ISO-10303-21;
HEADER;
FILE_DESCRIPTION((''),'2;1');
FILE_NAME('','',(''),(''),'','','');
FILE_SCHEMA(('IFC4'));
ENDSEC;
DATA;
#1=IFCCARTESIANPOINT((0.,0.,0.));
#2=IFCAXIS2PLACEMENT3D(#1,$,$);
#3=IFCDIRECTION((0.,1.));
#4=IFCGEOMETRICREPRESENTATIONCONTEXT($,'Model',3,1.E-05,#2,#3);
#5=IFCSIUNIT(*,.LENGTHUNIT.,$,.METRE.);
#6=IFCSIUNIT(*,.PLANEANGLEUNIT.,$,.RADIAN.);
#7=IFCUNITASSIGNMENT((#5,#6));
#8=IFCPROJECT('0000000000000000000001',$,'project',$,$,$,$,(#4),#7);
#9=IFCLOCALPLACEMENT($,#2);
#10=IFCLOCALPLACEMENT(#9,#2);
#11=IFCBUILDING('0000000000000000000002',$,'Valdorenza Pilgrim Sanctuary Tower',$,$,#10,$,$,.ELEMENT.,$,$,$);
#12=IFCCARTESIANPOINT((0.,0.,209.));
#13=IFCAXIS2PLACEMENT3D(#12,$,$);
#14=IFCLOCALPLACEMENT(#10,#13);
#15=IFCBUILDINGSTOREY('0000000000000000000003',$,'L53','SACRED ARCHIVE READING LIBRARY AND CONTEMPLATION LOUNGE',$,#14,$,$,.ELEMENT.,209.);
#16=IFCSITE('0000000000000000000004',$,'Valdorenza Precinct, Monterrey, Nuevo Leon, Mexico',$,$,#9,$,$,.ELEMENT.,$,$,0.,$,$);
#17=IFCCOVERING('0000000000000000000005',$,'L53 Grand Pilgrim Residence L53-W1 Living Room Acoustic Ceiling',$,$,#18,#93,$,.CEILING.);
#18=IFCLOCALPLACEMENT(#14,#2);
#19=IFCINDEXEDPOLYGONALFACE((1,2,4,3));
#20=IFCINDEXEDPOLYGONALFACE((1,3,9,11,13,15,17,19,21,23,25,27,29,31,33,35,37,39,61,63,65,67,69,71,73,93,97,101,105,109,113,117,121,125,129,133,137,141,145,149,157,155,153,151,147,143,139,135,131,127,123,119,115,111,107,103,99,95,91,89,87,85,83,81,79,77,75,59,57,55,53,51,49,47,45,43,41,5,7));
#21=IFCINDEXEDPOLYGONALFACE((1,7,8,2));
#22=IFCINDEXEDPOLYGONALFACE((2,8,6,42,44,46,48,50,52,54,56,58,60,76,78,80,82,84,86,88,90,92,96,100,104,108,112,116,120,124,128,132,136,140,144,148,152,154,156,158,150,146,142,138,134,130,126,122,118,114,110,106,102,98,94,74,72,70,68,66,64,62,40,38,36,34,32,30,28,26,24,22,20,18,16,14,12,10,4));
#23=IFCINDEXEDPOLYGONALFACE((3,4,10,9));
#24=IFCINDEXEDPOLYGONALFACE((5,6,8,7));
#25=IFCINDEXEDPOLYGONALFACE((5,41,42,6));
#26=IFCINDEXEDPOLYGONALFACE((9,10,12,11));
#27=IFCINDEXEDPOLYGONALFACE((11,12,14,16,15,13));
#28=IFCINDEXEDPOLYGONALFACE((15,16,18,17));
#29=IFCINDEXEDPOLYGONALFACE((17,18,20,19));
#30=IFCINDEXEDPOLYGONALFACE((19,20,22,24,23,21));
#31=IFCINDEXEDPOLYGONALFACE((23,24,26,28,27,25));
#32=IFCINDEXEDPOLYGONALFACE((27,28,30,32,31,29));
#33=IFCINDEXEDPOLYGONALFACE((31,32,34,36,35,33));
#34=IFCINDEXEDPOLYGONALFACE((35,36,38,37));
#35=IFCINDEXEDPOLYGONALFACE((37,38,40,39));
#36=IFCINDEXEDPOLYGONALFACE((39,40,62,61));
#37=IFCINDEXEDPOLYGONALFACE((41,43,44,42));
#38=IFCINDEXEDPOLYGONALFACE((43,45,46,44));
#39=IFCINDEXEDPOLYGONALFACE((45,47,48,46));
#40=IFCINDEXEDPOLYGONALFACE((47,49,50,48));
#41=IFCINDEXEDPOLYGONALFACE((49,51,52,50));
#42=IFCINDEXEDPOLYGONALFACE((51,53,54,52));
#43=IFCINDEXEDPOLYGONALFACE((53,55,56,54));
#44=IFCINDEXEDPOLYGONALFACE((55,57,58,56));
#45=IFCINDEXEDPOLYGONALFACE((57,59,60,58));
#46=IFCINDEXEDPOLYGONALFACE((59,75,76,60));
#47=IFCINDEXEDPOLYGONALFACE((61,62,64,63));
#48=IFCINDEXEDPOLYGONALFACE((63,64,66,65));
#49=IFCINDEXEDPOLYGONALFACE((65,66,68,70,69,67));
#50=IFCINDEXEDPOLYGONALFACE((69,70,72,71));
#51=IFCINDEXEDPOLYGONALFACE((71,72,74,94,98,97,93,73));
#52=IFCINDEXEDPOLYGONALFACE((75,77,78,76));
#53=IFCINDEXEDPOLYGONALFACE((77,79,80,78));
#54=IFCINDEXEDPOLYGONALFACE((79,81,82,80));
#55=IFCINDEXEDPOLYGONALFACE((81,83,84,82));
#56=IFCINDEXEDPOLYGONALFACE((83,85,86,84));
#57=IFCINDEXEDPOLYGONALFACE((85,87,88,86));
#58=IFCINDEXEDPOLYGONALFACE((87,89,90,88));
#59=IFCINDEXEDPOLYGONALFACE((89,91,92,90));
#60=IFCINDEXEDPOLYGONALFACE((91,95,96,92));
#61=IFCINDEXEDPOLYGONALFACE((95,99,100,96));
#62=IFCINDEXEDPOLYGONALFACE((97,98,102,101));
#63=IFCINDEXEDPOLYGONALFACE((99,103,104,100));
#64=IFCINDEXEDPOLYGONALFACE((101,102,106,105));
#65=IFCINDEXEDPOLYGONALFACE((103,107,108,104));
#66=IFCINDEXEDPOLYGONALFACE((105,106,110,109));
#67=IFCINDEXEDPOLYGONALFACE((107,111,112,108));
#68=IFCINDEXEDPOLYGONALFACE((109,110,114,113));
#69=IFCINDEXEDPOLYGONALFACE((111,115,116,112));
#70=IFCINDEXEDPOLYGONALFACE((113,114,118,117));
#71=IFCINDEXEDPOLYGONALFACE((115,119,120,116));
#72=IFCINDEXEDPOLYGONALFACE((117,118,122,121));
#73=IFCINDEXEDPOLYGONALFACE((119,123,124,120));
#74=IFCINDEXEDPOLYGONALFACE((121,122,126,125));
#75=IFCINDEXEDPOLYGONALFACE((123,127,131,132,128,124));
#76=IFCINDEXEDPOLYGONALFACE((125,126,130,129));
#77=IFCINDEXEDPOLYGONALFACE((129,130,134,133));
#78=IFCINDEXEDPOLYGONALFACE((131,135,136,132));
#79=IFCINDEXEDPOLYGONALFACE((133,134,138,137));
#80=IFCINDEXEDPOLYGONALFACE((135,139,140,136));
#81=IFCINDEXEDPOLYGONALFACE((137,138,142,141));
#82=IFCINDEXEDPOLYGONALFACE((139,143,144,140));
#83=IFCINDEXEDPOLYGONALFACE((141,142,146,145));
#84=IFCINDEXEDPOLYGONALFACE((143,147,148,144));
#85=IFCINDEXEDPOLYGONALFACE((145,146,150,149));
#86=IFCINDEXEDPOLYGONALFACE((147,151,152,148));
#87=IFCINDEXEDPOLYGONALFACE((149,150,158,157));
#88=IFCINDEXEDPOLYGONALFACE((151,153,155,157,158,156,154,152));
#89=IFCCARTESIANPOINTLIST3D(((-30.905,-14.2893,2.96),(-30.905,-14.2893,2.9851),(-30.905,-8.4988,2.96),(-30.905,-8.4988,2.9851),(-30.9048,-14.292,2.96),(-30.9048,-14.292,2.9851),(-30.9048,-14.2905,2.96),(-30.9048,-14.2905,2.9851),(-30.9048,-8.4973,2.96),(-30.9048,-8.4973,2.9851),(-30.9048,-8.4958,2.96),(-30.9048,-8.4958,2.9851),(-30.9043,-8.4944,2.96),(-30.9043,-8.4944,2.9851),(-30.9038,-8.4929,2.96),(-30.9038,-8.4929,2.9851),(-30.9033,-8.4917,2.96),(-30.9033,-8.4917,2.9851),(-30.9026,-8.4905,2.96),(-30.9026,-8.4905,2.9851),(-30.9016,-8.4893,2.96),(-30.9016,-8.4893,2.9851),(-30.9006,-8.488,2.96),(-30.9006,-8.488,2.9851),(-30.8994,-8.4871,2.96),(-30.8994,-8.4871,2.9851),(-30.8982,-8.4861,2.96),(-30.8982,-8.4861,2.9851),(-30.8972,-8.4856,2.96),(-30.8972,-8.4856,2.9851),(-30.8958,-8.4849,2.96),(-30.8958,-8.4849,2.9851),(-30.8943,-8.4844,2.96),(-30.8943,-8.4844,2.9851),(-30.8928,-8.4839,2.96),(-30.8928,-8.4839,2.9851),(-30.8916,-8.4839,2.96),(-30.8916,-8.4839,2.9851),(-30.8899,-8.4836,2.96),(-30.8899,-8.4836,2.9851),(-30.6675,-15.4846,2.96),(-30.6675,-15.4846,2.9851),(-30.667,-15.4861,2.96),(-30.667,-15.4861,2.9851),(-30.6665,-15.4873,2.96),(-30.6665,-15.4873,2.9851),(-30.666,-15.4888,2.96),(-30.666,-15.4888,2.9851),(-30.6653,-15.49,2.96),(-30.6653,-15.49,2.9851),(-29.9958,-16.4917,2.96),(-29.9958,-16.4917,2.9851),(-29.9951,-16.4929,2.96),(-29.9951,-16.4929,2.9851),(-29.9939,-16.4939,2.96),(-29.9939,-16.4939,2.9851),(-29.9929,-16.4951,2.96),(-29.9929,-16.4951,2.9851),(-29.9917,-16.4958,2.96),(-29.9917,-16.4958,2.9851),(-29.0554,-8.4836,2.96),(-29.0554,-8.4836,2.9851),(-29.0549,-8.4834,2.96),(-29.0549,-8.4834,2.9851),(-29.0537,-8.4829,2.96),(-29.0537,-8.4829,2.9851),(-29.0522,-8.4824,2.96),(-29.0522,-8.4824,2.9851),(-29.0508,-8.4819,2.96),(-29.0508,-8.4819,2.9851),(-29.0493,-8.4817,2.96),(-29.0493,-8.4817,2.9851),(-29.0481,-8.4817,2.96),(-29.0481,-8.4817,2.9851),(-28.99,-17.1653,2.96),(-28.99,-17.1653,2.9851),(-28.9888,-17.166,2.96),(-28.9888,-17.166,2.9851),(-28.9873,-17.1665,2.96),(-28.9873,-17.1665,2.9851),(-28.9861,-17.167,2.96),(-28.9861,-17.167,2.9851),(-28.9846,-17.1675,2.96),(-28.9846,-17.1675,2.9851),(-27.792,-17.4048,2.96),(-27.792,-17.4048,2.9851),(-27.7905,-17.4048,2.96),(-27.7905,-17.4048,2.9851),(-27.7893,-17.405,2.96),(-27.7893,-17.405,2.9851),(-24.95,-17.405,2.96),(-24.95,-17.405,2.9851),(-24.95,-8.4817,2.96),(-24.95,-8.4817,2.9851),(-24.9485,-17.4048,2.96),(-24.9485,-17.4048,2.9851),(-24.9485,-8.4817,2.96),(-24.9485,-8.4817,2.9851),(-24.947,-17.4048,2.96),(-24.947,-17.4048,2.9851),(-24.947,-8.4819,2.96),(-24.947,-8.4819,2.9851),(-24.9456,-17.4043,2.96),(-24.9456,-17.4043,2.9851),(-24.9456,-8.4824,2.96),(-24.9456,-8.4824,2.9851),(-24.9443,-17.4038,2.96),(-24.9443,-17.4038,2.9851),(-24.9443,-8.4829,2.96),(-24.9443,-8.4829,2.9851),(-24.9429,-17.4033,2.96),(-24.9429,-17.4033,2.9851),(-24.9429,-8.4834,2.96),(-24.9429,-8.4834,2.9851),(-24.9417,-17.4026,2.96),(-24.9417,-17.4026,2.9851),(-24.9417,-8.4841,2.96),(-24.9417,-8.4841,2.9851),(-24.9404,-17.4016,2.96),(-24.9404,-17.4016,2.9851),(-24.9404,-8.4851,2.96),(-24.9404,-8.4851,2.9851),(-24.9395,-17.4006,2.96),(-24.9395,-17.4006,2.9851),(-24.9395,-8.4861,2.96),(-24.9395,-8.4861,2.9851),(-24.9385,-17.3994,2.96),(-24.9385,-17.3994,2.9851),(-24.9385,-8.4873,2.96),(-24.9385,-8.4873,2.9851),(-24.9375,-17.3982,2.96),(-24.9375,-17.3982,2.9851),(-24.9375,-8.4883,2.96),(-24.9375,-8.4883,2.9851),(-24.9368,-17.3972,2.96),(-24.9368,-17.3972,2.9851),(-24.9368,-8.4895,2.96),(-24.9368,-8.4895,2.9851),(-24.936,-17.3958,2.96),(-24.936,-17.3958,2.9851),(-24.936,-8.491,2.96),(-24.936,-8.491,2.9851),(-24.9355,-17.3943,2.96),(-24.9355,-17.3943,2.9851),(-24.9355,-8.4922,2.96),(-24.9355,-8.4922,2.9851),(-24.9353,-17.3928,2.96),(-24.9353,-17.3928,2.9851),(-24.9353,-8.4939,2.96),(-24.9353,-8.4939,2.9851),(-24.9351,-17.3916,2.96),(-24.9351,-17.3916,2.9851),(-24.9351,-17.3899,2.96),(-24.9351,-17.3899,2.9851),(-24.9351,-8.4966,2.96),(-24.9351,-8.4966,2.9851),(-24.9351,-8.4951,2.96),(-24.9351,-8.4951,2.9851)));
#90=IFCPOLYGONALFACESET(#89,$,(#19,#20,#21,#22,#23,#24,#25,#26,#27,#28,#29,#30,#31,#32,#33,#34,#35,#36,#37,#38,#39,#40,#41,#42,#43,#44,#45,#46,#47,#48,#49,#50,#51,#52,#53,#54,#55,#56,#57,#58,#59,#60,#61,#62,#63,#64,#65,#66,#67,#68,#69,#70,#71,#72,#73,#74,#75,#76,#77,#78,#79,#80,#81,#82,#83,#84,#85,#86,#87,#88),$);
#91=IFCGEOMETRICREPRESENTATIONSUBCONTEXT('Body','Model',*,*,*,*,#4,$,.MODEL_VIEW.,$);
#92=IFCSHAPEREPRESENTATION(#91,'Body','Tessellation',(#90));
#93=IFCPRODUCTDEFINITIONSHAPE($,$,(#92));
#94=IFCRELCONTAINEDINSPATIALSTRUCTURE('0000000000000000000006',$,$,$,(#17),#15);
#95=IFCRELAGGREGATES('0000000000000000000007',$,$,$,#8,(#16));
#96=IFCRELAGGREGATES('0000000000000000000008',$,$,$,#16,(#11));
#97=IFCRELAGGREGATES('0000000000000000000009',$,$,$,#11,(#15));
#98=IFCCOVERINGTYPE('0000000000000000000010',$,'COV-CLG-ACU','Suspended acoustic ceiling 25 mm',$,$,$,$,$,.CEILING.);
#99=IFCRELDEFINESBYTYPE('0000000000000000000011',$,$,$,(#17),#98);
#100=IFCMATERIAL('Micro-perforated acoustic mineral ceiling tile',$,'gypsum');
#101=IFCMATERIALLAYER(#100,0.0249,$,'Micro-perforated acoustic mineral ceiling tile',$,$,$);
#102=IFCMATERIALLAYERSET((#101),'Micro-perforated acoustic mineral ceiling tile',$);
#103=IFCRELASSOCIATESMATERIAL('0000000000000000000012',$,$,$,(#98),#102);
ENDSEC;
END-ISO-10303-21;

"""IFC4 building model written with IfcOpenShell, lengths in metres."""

from ifc_helpers import new_model, si_unit, direction, frame, origin, place, context, subcontext, project, spatial, polyline, outline, extrude, material, layer, layer_set, type_object, element, save


model = new_model("IFC4")

# Units and contexts
model_context = context("Model", 3, precision=1e-05, world=origin(), true_north=direction((0.0, 1.0)))
body_context = subcontext(model_context, "Body", "Model", "MODEL_VIEW")
ifc_project = project(units=[si_unit("LENGTHUNIT", "METRE"), si_unit("PLANEANGLEUNIT", "RADIAN")], contexts=[model_context])

# Site, building, storey
site_placement = place(None, origin())
site = spatial("IfcSite", under=ifc_project, at=site_placement, Name="Valdorenza Precinct, Monterrey, Nuevo Leon, Mexico", CompositionType="ELEMENT", RefElevation=0.0)
building_placement = place(site_placement, origin())
building = spatial("IfcBuilding", under=site, at=building_placement, Name="Valdorenza Pilgrim Sanctuary Tower", CompositionType="ELEMENT")
storey_placement = place(building_placement, frame((0.0, 0.0, 209.0)))
storey = spatial("IfcBuildingStorey", under=building, at=storey_placement, Name="L53", Description="SACRED ARCHIVE READING LIBRARY AND CONTEMPLATION LOUNGE", CompositionType="ELEMENT", Elevation=209.0)

# Covering
ifc_material_1 = material(Name="Micro-perforated acoustic mineral ceiling tile", Category="gypsum")
ifc_layer_1 = layer(ifc_material_1, 0.0249, Name="Micro-perforated acoustic mineral ceiling tile")
ifc_layer_set_1 = layer_set([ifc_layer_1], Name="Micro-perforated acoustic mineral ceiling tile")
covering_type_1 = type_object("IfcCoveringType", Name="COV-CLG-ACU", Description="Suspended acoustic ceiling 25 mm", PredefinedType="CEILING", material=ifc_layer_set_1)
covering_1_placement = place(storey_placement, frame((0.0, 0.0, 2.96)))
element("IfcCovering", 1, at=covering_1_placement, inside=storey, type_object=covering_type_1, Name="L53 Grand Pilgrim Residence L53-W1 Living Room Acoustic Ceiling", PredefinedType="CEILING", context=body_context, shape_type="SweptSolid", body=[
    extrude(outline(polyline([(-29.0554, -8.4836), (-29.0549, -8.4834), (-29.0537, -8.4829), (-29.0522, -8.4824), (-29.0508, -8.4819), (-29.0493, -8.4817), (-29.0481, -8.4817), (-24.95, -8.4817), (-24.9485, -8.4817), (-24.947, -8.4819), (-24.9456, -8.4824), (-24.9443, -8.4829), (-24.9429, -8.4834), (-24.9417, -8.4841), (-24.9404, -8.4851), (-24.9395, -8.4861), (-24.9385, -8.4873), (-24.9375, -8.4883), (-24.9368, -8.4895), (-24.936, -8.491), (-24.9355, -8.4922), (-24.9353, -8.4939), (-24.9351, -8.4951), (-24.9351, -8.4966), (-24.9351, -17.3899), (-24.9351, -17.3916), (-24.9353, -17.3928), (-24.9355, -17.3943), (-24.936, -17.3958), (-24.9368, -17.3972), (-24.9375, -17.3982), (-24.9385, -17.3994), (-24.9395, -17.4006), (-24.9404, -17.4016), (-24.9417, -17.4026), (-24.9429, -17.4033), (-24.9443, -17.4038), (-24.9456, -17.4043), (-24.947, -17.4048), (-24.9485, -17.4048), (-24.95, -17.405), (-27.7893, -17.405), (-27.7905, -17.4048), (-27.792, -17.4048), (-28.9846, -17.1675), (-28.9861, -17.167), (-28.9873, -17.1665), (-28.9888, -17.166), (-28.99, -17.1653), (-29.9917, -16.4958), (-29.9929, -16.4951), (-29.9939, -16.4939), (-29.9951, -16.4929), (-29.9958, -16.4917), (-30.6653, -15.49), (-30.666, -15.4888), (-30.6665, -15.4873), (-30.667, -15.4861), (-30.6675, -15.4846), (-30.9048, -14.292), (-30.9048, -14.2905), (-30.905, -14.2893), (-30.905, -8.4988), (-30.9048, -8.4973), (-30.9048, -8.4958), (-30.9043, -8.4944), (-30.9038, -8.4929), (-30.9033, -8.4917), (-30.9026, -8.4905), (-30.9016, -8.4893), (-30.9006, -8.488), (-30.8994, -8.4871), (-30.8982, -8.4861), (-30.8972, -8.4856), (-30.8958, -8.4849), (-30.8943, -8.4844), (-30.8928, -8.4839), (-30.8916, -8.4839), (-30.8899, -8.4836), (-29.0554, -8.4836)])), origin(), (0.0, 0.0, 1.0), 0.0251),
])

save(model, "model.ifc")
